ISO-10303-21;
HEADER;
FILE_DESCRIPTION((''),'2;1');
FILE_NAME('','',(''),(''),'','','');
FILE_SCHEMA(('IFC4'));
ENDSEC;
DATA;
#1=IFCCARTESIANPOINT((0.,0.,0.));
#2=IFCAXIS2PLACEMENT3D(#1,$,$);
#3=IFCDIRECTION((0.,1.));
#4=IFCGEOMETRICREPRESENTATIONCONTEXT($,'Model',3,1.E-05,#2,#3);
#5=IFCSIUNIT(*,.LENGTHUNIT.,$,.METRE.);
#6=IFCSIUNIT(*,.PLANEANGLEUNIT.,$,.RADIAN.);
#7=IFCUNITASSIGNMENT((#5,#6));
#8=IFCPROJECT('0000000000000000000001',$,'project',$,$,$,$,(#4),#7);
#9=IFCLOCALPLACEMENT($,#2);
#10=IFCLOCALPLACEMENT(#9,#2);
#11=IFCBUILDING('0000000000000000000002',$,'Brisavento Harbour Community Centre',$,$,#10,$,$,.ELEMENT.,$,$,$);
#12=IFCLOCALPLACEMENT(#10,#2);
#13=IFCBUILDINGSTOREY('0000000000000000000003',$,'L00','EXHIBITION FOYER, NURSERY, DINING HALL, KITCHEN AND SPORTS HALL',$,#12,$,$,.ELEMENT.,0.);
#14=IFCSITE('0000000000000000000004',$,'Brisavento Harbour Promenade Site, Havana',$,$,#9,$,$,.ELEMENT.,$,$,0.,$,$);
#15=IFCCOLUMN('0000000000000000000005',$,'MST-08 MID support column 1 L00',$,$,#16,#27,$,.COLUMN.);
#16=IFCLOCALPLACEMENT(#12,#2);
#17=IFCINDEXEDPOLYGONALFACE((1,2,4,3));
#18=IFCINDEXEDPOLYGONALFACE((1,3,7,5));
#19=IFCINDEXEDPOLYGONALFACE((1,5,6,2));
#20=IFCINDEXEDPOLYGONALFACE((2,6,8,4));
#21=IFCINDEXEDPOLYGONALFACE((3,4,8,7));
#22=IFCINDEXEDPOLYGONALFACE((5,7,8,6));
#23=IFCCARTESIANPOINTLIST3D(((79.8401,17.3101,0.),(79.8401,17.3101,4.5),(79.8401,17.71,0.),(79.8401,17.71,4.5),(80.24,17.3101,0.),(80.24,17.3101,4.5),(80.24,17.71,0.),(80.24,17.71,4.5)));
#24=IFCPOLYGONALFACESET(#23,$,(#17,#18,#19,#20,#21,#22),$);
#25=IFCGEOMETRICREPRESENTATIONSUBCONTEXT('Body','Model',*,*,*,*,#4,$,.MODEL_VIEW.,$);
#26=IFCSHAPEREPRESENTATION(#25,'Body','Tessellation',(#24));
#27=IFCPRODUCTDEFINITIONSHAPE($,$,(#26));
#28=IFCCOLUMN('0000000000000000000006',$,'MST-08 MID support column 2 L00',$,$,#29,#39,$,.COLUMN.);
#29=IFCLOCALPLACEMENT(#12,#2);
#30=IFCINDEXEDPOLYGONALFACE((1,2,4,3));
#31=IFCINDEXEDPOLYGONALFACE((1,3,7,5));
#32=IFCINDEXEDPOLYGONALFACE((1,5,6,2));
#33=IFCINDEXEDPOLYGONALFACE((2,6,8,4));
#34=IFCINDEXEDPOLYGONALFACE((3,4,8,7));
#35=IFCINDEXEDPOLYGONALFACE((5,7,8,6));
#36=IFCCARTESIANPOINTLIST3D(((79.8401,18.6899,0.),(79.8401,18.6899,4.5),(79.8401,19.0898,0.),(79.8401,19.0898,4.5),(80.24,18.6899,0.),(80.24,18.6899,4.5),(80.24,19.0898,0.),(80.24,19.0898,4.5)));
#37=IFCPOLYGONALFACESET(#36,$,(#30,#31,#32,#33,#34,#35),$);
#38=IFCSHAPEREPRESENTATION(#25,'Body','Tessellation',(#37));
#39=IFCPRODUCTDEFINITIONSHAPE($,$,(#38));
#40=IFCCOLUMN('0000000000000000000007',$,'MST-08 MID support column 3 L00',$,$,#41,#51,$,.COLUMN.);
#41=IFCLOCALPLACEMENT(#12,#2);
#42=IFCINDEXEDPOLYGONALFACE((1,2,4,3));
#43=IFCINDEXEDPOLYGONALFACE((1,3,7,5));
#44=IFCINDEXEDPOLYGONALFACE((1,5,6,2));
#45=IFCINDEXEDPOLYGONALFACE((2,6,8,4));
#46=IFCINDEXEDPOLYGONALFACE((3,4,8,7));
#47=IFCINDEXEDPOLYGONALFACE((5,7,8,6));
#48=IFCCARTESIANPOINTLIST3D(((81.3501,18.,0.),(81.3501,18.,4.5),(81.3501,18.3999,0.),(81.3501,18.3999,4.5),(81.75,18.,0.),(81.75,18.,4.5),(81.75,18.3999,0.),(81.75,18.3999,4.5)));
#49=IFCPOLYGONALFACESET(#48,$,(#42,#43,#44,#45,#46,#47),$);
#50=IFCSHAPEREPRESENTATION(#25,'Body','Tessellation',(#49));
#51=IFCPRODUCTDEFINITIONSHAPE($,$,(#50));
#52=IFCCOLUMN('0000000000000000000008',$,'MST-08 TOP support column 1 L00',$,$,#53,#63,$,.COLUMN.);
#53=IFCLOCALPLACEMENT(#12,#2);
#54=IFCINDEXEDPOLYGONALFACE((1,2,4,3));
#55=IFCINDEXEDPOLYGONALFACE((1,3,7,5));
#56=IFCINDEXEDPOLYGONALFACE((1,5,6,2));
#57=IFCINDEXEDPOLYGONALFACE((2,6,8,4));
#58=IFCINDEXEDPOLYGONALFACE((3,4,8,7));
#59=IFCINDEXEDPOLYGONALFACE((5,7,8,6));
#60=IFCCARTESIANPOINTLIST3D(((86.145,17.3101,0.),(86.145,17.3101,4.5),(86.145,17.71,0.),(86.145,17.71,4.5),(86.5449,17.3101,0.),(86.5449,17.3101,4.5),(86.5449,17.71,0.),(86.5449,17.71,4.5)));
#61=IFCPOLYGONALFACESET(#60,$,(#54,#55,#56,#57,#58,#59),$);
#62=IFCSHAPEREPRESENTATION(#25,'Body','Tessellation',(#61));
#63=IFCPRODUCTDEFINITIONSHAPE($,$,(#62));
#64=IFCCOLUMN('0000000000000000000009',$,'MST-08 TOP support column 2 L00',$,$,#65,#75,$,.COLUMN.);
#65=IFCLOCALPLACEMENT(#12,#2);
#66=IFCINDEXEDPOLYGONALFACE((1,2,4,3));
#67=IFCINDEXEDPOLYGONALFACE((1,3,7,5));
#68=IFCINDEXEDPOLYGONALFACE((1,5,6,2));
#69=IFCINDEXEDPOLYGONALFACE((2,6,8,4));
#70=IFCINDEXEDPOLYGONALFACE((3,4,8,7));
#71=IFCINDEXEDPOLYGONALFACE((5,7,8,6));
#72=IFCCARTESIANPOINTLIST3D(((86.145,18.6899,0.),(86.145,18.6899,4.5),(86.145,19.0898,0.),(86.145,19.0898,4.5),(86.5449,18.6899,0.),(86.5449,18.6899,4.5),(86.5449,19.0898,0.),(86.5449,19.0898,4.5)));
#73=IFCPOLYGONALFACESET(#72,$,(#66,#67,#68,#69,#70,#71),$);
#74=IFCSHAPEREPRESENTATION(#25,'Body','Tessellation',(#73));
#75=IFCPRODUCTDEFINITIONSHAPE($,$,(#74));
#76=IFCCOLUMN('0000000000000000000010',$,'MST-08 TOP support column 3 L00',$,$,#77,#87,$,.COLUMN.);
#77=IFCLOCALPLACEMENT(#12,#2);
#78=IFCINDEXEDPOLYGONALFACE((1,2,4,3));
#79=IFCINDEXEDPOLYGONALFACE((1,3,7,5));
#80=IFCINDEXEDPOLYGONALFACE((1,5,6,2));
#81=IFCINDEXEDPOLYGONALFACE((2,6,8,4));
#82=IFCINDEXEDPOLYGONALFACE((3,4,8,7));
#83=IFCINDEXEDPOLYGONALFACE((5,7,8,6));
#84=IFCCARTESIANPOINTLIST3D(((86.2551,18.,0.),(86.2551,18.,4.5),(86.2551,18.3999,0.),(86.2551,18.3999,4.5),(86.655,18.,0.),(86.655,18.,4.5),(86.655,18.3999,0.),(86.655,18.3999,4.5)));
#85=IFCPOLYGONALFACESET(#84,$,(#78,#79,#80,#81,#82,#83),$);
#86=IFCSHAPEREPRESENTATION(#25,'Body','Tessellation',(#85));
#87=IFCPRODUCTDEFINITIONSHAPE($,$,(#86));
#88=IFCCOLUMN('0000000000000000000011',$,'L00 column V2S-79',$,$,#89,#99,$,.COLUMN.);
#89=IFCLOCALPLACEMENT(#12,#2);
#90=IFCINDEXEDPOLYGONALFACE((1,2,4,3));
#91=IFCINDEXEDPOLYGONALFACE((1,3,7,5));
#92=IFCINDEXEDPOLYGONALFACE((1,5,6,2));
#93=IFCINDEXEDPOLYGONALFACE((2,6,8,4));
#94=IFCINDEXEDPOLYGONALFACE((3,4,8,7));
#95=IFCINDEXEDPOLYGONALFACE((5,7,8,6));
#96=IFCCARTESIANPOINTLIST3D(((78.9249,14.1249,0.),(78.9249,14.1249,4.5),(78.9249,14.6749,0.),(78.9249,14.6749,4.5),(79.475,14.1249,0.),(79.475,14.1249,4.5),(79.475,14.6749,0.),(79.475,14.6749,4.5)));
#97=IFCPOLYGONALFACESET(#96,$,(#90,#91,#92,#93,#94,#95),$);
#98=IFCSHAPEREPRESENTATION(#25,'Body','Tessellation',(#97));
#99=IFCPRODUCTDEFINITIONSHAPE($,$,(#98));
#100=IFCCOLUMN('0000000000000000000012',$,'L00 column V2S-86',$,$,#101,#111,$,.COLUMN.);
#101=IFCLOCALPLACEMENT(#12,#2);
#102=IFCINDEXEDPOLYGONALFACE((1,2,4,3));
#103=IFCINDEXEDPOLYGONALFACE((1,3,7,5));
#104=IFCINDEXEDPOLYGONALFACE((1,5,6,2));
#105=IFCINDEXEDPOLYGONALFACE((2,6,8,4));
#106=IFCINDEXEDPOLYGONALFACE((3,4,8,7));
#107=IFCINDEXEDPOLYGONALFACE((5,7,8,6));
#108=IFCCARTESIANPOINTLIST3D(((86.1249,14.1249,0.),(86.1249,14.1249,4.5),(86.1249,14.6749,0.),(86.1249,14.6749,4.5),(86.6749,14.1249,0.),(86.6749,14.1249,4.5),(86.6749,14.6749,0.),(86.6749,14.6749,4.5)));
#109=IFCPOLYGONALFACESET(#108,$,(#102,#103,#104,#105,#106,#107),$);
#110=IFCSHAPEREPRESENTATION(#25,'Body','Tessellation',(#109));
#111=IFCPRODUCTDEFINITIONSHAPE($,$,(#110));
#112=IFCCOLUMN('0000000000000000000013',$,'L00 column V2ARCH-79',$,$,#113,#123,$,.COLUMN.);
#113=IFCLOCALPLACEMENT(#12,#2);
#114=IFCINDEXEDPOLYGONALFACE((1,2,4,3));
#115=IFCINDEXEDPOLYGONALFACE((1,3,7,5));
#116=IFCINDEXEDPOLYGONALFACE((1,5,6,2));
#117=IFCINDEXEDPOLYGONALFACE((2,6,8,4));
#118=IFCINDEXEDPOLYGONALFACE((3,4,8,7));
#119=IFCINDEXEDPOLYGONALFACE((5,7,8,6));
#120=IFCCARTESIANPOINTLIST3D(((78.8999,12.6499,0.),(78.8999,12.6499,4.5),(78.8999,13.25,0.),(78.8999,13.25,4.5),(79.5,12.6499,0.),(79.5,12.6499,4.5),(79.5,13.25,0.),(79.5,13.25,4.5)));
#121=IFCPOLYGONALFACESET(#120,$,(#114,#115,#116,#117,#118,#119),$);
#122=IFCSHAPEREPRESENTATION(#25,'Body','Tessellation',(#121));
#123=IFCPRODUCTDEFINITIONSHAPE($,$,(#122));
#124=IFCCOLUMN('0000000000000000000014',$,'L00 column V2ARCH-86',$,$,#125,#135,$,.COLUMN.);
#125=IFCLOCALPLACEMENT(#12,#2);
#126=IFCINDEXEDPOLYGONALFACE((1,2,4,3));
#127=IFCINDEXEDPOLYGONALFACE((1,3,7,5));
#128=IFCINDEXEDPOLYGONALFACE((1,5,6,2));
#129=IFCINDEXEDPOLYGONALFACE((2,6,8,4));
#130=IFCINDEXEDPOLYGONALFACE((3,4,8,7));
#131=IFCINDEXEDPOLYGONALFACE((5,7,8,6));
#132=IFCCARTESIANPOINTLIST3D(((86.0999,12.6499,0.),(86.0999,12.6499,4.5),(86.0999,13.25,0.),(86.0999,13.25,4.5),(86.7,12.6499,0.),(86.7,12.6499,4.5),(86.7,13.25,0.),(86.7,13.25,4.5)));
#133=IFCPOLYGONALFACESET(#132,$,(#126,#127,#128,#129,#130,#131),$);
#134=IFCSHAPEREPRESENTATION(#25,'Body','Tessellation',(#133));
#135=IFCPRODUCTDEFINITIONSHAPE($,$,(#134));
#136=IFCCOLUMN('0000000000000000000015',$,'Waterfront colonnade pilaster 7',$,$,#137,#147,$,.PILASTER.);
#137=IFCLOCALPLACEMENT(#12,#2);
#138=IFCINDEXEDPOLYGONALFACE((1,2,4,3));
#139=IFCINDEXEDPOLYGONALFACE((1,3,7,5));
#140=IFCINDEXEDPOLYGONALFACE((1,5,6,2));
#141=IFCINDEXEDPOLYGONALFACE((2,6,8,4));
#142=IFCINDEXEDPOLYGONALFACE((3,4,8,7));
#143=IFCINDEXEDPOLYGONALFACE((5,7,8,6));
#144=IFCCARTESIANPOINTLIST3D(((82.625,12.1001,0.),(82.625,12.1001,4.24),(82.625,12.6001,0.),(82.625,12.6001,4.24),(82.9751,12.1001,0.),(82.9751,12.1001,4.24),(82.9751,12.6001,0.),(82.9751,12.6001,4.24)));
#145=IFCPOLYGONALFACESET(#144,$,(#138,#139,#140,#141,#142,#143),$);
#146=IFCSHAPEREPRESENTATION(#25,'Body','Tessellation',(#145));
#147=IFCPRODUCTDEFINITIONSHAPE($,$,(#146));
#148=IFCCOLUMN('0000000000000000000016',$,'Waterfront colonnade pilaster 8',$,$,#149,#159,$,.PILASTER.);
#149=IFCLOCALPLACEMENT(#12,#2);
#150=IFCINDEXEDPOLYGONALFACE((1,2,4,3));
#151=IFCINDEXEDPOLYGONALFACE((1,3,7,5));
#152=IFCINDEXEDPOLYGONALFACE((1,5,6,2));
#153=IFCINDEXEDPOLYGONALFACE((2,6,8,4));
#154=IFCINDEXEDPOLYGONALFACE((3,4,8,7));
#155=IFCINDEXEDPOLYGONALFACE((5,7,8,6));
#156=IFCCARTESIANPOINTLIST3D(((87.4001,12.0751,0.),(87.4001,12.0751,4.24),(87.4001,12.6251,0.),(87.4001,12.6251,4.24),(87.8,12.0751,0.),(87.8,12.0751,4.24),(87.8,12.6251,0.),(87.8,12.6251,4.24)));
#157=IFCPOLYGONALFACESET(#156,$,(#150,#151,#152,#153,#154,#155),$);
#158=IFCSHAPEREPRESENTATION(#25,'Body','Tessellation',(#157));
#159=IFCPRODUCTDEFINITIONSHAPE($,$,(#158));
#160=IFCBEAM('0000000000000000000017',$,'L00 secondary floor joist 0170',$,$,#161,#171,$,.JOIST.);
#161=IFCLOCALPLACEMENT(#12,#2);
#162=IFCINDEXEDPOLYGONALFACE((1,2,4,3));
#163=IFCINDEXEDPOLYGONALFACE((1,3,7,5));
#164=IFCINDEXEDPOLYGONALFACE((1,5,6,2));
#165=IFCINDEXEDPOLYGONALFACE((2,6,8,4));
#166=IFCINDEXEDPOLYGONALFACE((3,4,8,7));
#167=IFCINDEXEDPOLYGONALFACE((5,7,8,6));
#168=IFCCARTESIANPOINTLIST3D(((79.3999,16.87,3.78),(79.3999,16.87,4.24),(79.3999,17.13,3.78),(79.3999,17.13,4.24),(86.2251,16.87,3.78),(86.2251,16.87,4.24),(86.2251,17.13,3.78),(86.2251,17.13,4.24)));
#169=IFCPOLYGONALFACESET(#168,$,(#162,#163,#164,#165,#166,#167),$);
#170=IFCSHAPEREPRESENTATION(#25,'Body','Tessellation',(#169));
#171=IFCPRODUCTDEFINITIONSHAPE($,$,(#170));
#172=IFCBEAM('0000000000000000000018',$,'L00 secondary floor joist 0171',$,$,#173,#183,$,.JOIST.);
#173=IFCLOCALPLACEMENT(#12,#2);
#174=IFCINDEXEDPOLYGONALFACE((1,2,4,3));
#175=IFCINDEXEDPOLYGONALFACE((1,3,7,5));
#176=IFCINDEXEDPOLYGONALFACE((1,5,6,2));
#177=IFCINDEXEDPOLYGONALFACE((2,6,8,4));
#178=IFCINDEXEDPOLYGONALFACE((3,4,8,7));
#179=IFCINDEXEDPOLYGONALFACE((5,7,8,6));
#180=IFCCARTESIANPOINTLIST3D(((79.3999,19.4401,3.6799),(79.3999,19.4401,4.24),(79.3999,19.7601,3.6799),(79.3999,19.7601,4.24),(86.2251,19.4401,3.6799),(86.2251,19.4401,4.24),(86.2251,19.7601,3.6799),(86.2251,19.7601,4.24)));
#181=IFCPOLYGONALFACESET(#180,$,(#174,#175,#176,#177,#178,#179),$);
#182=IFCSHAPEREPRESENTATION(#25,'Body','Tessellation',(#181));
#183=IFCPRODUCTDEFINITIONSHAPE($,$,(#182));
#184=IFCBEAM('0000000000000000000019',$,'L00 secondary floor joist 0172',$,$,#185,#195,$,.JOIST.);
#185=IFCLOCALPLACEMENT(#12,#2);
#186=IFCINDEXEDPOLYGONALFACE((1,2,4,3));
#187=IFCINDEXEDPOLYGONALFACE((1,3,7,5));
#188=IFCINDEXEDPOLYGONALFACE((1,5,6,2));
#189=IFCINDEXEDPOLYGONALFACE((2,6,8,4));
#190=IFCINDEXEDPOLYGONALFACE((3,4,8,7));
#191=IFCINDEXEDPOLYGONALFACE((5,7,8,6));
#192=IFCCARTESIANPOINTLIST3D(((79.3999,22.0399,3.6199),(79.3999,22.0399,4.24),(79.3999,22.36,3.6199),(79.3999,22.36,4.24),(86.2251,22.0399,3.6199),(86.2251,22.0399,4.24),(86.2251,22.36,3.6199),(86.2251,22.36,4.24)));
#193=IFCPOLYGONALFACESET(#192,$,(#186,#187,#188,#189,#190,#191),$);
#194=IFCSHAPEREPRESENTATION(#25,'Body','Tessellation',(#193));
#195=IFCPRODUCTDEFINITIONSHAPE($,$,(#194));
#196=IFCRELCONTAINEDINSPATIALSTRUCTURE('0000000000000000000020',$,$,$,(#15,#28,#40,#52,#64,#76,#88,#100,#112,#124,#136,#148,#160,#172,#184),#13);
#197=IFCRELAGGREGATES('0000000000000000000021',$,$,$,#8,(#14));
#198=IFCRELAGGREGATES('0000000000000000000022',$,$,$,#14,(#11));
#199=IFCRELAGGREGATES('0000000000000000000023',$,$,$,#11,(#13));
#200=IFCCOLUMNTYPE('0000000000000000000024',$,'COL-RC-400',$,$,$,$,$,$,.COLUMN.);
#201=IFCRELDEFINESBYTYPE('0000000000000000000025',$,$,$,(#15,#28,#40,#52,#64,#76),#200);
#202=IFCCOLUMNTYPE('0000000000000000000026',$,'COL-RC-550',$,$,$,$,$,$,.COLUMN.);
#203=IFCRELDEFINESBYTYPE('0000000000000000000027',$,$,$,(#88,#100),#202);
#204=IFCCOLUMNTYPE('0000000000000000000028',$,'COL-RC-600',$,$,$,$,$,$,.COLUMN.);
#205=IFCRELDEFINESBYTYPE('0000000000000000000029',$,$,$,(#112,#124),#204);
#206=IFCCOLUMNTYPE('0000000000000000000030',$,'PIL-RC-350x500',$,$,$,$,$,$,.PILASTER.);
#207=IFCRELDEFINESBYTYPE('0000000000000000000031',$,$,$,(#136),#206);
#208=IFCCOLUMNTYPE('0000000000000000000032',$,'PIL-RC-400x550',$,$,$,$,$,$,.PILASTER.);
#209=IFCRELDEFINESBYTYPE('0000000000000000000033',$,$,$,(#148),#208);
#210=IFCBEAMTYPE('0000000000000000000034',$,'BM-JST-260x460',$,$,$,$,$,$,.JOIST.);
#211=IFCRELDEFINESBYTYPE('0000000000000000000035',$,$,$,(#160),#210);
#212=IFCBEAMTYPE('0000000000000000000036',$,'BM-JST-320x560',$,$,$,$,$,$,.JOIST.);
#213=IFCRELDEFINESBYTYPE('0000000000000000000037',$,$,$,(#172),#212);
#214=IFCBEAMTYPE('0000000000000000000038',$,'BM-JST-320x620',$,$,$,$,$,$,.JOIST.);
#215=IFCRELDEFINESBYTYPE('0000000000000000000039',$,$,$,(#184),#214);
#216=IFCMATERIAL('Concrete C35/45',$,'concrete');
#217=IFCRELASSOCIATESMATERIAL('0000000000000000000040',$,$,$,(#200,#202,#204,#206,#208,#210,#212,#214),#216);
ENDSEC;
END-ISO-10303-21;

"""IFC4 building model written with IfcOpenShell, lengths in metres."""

from ifc_helpers import new_model, si_unit, direction, frame, origin, origin_2d, place, context, subcontext, project, spatial, rectangle, extrude, material, material_profile, profile_set, type_object, element, save


model = new_model("IFC4")

# Units and contexts
model_context = context("Model", 3, precision=1e-05, world=origin(), true_north=direction((0.0, 1.0)))
body_context = subcontext(model_context, "Body", "Model", "MODEL_VIEW")
ifc_project = project(units=[si_unit("LENGTHUNIT", "METRE"), si_unit("PLANEANGLEUNIT", "RADIAN")], contexts=[model_context])

# Site, building, storey
site_placement = place(None, origin())
site = spatial("IfcSite", under=ifc_project, at=site_placement, Name="Brisavento Harbour Promenade Site, Havana", CompositionType="ELEMENT", RefElevation=0.0)
building_placement = place(site_placement, origin())
building = spatial("IfcBuilding", under=site, at=building_placement, Name="Brisavento Harbour Community Centre", CompositionType="ELEMENT")
storey_placement = place(building_placement, origin())
storey = spatial("IfcBuildingStorey", under=building, at=storey_placement, Name="L00", Description="EXHIBITION FOYER, NURSERY, DINING HALL, KITCHEN AND SPORTS HALL", CompositionType="ELEMENT", Elevation=0.0)

# Columns
ifc_material_1 = material(Name="Concrete C35/45", Category="concrete")
ifc_material_profile_1 = material_profile(ifc_material_1, rectangle(XDim=0.3999, YDim=0.3999, at=origin_2d()), Name="Concrete C35/45")
ifc_profile_set_1 = profile_set([ifc_material_profile_1], Name="Concrete C35/45")
column_type_1 = type_object("IfcColumnType", Name="COL-RC-400", PredefinedType="COLUMN", material=ifc_profile_set_1)
for number, where, z_axis, x_axis, name in (
    (1, (80.04, 17.51, 0.0), (0.0, 0.0, 1.0), (1.0, 0.0, 0.0), "MST-08 MID support column 1 L00"),
    (2, (80.04, 18.8899, 0.0), (0.0, 0.0, 1.0), (1.0, 0.0, 0.0), "MST-08 MID support column 2 L00"),
    (3, (81.55, 18.2, 0.0), (0.0, 0.0, 1.0), (1.0, 0.0, 0.0), "MST-08 MID support column 3 L00"),
    (4, (86.345, 17.51, 0.0), (0.0, 0.0, 1.0), (1.0, 0.0, 0.0), "MST-08 TOP support column 1 L00"),
    (5, (86.345, 18.8899, 0.0), (0.0, 0.0, 1.0), (1.0, 0.0, 0.0), "MST-08 TOP support column 2 L00"),
    (6, (86.4551, 18.2, 0.0), (0.0, 0.0, 1.0), (1.0, 0.0, 0.0), "MST-08 TOP support column 3 L00"),
):
    element("IfcColumn", number, at=place(storey_placement, frame(where, z_axis=z_axis, x_axis=x_axis)), inside=storey, type_object=column_type_1, Name=name, PredefinedType="COLUMN", context=body_context, shape_type="SweptSolid", body=[
        extrude(rectangle(XDim=0.3999, YDim=0.3999, at=origin_2d()), origin(), (0.0, 0.0, 1.0), 4.5),
    ])
ifc_material_profile_2 = material_profile(ifc_material_1, rectangle(XDim=0.55, YDim=0.55, at=origin_2d()), Name="Concrete C35/45")
ifc_profile_set_2 = profile_set([ifc_material_profile_2], Name="Concrete C35/45")
column_type_2 = type_object("IfcColumnType", Name="COL-RC-550", PredefinedType="COLUMN", material=ifc_profile_set_2)
for number, where, z_axis, x_axis, name in (
    (7, (79.2, 14.3999, 0.0), (0.0, 0.0, 1.0), (1.0, 0.0, 0.0), "L00 column V2S-79"),
    (8, (86.3999, 14.3999, 0.0), (0.0, 0.0, 1.0), (1.0, 0.0, 0.0), "L00 column V2S-86"),
):
    element("IfcColumn", number, at=place(storey_placement, frame(where, z_axis=z_axis, x_axis=x_axis)), inside=storey, type_object=column_type_2, Name=name, PredefinedType="COLUMN", context=body_context, shape_type="SweptSolid", body=[
        extrude(rectangle(XDim=0.55, YDim=0.55, at=origin_2d()), origin(), (0.0, 0.0, 1.0), 4.5),
    ])
ifc_material_profile_3 = material_profile(ifc_material_1, rectangle(XDim=0.6001, YDim=0.6001, at=origin_2d()), Name="Concrete C35/45")
ifc_profile_set_3 = profile_set([ifc_material_profile_3], Name="Concrete C35/45")
column_type_3 = type_object("IfcColumnType", Name="COL-RC-600", PredefinedType="COLUMN", material=ifc_profile_set_3)
for number, where, z_axis, x_axis, name in (
    (9, (79.2, 12.95, 0.0), (0.0, 0.0, 1.0), (1.0, 0.0, 0.0), "L00 column V2ARCH-79"),
    (10, (86.3999, 12.95, 0.0), (0.0, 0.0, 1.0), (1.0, 0.0, 0.0), "L00 column V2ARCH-86"),
):
    element("IfcColumn", number, at=place(storey_placement, frame(where, z_axis=z_axis, x_axis=x_axis)), inside=storey, type_object=column_type_3, Name=name, PredefinedType="COLUMN", context=body_context, shape_type="SweptSolid", body=[
        extrude(rectangle(XDim=0.6001, YDim=0.6001, at=origin_2d()), origin(), (0.0, 0.0, 1.0), 4.5),
    ])
ifc_material_profile_4 = material_profile(ifc_material_1, rectangle(XDim=0.3501, YDim=0.5, at=origin_2d()), Name="Concrete C35/45")
ifc_profile_set_4 = profile_set([ifc_material_profile_4], Name="Concrete C35/45")
column_type_4 = type_object("IfcColumnType", Name="PIL-RC-350x500", PredefinedType="PILASTER", material=ifc_profile_set_4)
column_1_placement = place(storey_placement, frame((82.8, 12.3501, 0.0), z_axis=(0.0, 0.0, 1.0), x_axis=(1.0, 0.0, 0.0)))
element("IfcColumn", 11, at=column_1_placement, inside=storey, type_object=column_type_4, Name="Waterfront colonnade pilaster 7", PredefinedType="PILASTER", context=body_context, shape_type="SweptSolid", body=[
    extrude(rectangle(XDim=0.3501, YDim=0.5, at=origin_2d()), origin(), (0.0, 0.0, 1.0), 4.24),
])
ifc_material_profile_5 = material_profile(ifc_material_1, rectangle(XDim=0.3999, YDim=0.55, at=origin_2d()), Name="Concrete C35/45")
ifc_profile_set_5 = profile_set([ifc_material_profile_5], Name="Concrete C35/45")
column_type_5 = type_object("IfcColumnType", Name="PIL-RC-400x550", PredefinedType="PILASTER", material=ifc_profile_set_5)
column_2_placement = place(storey_placement, frame((87.6001, 12.3501, 0.0), z_axis=(0.0, 0.0, 1.0), x_axis=(1.0, 0.0, 0.0)))
element("IfcColumn", 12, at=column_2_placement, inside=storey, type_object=column_type_5, Name="Waterfront colonnade pilaster 8", PredefinedType="PILASTER", context=body_context, shape_type="SweptSolid", body=[
    extrude(rectangle(XDim=0.3999, YDim=0.55, at=origin_2d()), origin(), (0.0, 0.0, 1.0), 4.24),
])

# Beams
ifc_material_profile_6 = material_profile(ifc_material_1, rectangle(XDim=0.26, YDim=0.46, at=origin_2d()), Name="Concrete C35/45")
ifc_profile_set_6 = profile_set([ifc_material_profile_6], Name="Concrete C35/45")
beam_type_1 = type_object("IfcBeamType", Name="BM-JST-260x460", PredefinedType="JOIST", material=ifc_profile_set_6)
beam_1_placement = place(storey_placement, frame((79.3999, 17.0, 4.01), z_axis=(1.0, 0.0, 0.0), x_axis=(0.0, 1.0, 0.0)))
element("IfcBeam", 13, at=beam_1_placement, inside=storey, type_object=beam_type_1, Name="L00 secondary floor joist 0170", PredefinedType="JOIST", context=body_context, shape_type="SweptSolid", body=[
    extrude(rectangle(XDim=0.26, YDim=0.46, at=origin_2d()), origin(), (0.0, 0.0, 1.0), 6.8252),
])
ifc_material_profile_7 = material_profile(ifc_material_1, rectangle(XDim=0.3201, YDim=0.5601, at=origin_2d()), Name="Concrete C35/45")
ifc_profile_set_7 = profile_set([ifc_material_profile_7], Name="Concrete C35/45")
beam_type_2 = type_object("IfcBeamType", Name="BM-JST-320x560", PredefinedType="JOIST", material=ifc_profile_set_7)
beam_2_placement = place(storey_placement, frame((79.3999, 19.6001, 3.96), z_axis=(1.0, 0.0, 0.0), x_axis=(0.0, 1.0, 0.0)))
element("IfcBeam", 14, at=beam_2_placement, inside=storey, type_object=beam_type_2, Name="L00 secondary floor joist 0171", PredefinedType="JOIST", context=body_context, shape_type="SweptSolid", body=[
    extrude(rectangle(XDim=0.3201, YDim=0.5601, at=origin_2d()), origin(), (0.0, 0.0, 1.0), 6.8252),
])
ifc_material_profile_8 = material_profile(ifc_material_1, rectangle(XDim=0.3201, YDim=0.6201, at=origin_2d()), Name="Concrete C35/45")
ifc_profile_set_8 = profile_set([ifc_material_profile_8], Name="Concrete C35/45")
beam_type_3 = type_object("IfcBeamType", Name="BM-JST-320x620", PredefinedType="JOIST", material=ifc_profile_set_8)
beam_3_placement = place(storey_placement, frame((79.3999, 22.2, 3.9299), z_axis=(1.0, 0.0, 0.0), x_axis=(0.0, 1.0, 0.0)))
element("IfcBeam", 15, at=beam_3_placement, inside=storey, type_object=beam_type_3, Name="L00 secondary floor joist 0172", PredefinedType="JOIST", context=body_context, shape_type="SweptSolid", body=[
    extrude(rectangle(XDim=0.3201, YDim=0.6201, at=origin_2d()), origin(), (0.0, 0.0, 1.0), 6.8252),
])

save(model, "model.ifc")
